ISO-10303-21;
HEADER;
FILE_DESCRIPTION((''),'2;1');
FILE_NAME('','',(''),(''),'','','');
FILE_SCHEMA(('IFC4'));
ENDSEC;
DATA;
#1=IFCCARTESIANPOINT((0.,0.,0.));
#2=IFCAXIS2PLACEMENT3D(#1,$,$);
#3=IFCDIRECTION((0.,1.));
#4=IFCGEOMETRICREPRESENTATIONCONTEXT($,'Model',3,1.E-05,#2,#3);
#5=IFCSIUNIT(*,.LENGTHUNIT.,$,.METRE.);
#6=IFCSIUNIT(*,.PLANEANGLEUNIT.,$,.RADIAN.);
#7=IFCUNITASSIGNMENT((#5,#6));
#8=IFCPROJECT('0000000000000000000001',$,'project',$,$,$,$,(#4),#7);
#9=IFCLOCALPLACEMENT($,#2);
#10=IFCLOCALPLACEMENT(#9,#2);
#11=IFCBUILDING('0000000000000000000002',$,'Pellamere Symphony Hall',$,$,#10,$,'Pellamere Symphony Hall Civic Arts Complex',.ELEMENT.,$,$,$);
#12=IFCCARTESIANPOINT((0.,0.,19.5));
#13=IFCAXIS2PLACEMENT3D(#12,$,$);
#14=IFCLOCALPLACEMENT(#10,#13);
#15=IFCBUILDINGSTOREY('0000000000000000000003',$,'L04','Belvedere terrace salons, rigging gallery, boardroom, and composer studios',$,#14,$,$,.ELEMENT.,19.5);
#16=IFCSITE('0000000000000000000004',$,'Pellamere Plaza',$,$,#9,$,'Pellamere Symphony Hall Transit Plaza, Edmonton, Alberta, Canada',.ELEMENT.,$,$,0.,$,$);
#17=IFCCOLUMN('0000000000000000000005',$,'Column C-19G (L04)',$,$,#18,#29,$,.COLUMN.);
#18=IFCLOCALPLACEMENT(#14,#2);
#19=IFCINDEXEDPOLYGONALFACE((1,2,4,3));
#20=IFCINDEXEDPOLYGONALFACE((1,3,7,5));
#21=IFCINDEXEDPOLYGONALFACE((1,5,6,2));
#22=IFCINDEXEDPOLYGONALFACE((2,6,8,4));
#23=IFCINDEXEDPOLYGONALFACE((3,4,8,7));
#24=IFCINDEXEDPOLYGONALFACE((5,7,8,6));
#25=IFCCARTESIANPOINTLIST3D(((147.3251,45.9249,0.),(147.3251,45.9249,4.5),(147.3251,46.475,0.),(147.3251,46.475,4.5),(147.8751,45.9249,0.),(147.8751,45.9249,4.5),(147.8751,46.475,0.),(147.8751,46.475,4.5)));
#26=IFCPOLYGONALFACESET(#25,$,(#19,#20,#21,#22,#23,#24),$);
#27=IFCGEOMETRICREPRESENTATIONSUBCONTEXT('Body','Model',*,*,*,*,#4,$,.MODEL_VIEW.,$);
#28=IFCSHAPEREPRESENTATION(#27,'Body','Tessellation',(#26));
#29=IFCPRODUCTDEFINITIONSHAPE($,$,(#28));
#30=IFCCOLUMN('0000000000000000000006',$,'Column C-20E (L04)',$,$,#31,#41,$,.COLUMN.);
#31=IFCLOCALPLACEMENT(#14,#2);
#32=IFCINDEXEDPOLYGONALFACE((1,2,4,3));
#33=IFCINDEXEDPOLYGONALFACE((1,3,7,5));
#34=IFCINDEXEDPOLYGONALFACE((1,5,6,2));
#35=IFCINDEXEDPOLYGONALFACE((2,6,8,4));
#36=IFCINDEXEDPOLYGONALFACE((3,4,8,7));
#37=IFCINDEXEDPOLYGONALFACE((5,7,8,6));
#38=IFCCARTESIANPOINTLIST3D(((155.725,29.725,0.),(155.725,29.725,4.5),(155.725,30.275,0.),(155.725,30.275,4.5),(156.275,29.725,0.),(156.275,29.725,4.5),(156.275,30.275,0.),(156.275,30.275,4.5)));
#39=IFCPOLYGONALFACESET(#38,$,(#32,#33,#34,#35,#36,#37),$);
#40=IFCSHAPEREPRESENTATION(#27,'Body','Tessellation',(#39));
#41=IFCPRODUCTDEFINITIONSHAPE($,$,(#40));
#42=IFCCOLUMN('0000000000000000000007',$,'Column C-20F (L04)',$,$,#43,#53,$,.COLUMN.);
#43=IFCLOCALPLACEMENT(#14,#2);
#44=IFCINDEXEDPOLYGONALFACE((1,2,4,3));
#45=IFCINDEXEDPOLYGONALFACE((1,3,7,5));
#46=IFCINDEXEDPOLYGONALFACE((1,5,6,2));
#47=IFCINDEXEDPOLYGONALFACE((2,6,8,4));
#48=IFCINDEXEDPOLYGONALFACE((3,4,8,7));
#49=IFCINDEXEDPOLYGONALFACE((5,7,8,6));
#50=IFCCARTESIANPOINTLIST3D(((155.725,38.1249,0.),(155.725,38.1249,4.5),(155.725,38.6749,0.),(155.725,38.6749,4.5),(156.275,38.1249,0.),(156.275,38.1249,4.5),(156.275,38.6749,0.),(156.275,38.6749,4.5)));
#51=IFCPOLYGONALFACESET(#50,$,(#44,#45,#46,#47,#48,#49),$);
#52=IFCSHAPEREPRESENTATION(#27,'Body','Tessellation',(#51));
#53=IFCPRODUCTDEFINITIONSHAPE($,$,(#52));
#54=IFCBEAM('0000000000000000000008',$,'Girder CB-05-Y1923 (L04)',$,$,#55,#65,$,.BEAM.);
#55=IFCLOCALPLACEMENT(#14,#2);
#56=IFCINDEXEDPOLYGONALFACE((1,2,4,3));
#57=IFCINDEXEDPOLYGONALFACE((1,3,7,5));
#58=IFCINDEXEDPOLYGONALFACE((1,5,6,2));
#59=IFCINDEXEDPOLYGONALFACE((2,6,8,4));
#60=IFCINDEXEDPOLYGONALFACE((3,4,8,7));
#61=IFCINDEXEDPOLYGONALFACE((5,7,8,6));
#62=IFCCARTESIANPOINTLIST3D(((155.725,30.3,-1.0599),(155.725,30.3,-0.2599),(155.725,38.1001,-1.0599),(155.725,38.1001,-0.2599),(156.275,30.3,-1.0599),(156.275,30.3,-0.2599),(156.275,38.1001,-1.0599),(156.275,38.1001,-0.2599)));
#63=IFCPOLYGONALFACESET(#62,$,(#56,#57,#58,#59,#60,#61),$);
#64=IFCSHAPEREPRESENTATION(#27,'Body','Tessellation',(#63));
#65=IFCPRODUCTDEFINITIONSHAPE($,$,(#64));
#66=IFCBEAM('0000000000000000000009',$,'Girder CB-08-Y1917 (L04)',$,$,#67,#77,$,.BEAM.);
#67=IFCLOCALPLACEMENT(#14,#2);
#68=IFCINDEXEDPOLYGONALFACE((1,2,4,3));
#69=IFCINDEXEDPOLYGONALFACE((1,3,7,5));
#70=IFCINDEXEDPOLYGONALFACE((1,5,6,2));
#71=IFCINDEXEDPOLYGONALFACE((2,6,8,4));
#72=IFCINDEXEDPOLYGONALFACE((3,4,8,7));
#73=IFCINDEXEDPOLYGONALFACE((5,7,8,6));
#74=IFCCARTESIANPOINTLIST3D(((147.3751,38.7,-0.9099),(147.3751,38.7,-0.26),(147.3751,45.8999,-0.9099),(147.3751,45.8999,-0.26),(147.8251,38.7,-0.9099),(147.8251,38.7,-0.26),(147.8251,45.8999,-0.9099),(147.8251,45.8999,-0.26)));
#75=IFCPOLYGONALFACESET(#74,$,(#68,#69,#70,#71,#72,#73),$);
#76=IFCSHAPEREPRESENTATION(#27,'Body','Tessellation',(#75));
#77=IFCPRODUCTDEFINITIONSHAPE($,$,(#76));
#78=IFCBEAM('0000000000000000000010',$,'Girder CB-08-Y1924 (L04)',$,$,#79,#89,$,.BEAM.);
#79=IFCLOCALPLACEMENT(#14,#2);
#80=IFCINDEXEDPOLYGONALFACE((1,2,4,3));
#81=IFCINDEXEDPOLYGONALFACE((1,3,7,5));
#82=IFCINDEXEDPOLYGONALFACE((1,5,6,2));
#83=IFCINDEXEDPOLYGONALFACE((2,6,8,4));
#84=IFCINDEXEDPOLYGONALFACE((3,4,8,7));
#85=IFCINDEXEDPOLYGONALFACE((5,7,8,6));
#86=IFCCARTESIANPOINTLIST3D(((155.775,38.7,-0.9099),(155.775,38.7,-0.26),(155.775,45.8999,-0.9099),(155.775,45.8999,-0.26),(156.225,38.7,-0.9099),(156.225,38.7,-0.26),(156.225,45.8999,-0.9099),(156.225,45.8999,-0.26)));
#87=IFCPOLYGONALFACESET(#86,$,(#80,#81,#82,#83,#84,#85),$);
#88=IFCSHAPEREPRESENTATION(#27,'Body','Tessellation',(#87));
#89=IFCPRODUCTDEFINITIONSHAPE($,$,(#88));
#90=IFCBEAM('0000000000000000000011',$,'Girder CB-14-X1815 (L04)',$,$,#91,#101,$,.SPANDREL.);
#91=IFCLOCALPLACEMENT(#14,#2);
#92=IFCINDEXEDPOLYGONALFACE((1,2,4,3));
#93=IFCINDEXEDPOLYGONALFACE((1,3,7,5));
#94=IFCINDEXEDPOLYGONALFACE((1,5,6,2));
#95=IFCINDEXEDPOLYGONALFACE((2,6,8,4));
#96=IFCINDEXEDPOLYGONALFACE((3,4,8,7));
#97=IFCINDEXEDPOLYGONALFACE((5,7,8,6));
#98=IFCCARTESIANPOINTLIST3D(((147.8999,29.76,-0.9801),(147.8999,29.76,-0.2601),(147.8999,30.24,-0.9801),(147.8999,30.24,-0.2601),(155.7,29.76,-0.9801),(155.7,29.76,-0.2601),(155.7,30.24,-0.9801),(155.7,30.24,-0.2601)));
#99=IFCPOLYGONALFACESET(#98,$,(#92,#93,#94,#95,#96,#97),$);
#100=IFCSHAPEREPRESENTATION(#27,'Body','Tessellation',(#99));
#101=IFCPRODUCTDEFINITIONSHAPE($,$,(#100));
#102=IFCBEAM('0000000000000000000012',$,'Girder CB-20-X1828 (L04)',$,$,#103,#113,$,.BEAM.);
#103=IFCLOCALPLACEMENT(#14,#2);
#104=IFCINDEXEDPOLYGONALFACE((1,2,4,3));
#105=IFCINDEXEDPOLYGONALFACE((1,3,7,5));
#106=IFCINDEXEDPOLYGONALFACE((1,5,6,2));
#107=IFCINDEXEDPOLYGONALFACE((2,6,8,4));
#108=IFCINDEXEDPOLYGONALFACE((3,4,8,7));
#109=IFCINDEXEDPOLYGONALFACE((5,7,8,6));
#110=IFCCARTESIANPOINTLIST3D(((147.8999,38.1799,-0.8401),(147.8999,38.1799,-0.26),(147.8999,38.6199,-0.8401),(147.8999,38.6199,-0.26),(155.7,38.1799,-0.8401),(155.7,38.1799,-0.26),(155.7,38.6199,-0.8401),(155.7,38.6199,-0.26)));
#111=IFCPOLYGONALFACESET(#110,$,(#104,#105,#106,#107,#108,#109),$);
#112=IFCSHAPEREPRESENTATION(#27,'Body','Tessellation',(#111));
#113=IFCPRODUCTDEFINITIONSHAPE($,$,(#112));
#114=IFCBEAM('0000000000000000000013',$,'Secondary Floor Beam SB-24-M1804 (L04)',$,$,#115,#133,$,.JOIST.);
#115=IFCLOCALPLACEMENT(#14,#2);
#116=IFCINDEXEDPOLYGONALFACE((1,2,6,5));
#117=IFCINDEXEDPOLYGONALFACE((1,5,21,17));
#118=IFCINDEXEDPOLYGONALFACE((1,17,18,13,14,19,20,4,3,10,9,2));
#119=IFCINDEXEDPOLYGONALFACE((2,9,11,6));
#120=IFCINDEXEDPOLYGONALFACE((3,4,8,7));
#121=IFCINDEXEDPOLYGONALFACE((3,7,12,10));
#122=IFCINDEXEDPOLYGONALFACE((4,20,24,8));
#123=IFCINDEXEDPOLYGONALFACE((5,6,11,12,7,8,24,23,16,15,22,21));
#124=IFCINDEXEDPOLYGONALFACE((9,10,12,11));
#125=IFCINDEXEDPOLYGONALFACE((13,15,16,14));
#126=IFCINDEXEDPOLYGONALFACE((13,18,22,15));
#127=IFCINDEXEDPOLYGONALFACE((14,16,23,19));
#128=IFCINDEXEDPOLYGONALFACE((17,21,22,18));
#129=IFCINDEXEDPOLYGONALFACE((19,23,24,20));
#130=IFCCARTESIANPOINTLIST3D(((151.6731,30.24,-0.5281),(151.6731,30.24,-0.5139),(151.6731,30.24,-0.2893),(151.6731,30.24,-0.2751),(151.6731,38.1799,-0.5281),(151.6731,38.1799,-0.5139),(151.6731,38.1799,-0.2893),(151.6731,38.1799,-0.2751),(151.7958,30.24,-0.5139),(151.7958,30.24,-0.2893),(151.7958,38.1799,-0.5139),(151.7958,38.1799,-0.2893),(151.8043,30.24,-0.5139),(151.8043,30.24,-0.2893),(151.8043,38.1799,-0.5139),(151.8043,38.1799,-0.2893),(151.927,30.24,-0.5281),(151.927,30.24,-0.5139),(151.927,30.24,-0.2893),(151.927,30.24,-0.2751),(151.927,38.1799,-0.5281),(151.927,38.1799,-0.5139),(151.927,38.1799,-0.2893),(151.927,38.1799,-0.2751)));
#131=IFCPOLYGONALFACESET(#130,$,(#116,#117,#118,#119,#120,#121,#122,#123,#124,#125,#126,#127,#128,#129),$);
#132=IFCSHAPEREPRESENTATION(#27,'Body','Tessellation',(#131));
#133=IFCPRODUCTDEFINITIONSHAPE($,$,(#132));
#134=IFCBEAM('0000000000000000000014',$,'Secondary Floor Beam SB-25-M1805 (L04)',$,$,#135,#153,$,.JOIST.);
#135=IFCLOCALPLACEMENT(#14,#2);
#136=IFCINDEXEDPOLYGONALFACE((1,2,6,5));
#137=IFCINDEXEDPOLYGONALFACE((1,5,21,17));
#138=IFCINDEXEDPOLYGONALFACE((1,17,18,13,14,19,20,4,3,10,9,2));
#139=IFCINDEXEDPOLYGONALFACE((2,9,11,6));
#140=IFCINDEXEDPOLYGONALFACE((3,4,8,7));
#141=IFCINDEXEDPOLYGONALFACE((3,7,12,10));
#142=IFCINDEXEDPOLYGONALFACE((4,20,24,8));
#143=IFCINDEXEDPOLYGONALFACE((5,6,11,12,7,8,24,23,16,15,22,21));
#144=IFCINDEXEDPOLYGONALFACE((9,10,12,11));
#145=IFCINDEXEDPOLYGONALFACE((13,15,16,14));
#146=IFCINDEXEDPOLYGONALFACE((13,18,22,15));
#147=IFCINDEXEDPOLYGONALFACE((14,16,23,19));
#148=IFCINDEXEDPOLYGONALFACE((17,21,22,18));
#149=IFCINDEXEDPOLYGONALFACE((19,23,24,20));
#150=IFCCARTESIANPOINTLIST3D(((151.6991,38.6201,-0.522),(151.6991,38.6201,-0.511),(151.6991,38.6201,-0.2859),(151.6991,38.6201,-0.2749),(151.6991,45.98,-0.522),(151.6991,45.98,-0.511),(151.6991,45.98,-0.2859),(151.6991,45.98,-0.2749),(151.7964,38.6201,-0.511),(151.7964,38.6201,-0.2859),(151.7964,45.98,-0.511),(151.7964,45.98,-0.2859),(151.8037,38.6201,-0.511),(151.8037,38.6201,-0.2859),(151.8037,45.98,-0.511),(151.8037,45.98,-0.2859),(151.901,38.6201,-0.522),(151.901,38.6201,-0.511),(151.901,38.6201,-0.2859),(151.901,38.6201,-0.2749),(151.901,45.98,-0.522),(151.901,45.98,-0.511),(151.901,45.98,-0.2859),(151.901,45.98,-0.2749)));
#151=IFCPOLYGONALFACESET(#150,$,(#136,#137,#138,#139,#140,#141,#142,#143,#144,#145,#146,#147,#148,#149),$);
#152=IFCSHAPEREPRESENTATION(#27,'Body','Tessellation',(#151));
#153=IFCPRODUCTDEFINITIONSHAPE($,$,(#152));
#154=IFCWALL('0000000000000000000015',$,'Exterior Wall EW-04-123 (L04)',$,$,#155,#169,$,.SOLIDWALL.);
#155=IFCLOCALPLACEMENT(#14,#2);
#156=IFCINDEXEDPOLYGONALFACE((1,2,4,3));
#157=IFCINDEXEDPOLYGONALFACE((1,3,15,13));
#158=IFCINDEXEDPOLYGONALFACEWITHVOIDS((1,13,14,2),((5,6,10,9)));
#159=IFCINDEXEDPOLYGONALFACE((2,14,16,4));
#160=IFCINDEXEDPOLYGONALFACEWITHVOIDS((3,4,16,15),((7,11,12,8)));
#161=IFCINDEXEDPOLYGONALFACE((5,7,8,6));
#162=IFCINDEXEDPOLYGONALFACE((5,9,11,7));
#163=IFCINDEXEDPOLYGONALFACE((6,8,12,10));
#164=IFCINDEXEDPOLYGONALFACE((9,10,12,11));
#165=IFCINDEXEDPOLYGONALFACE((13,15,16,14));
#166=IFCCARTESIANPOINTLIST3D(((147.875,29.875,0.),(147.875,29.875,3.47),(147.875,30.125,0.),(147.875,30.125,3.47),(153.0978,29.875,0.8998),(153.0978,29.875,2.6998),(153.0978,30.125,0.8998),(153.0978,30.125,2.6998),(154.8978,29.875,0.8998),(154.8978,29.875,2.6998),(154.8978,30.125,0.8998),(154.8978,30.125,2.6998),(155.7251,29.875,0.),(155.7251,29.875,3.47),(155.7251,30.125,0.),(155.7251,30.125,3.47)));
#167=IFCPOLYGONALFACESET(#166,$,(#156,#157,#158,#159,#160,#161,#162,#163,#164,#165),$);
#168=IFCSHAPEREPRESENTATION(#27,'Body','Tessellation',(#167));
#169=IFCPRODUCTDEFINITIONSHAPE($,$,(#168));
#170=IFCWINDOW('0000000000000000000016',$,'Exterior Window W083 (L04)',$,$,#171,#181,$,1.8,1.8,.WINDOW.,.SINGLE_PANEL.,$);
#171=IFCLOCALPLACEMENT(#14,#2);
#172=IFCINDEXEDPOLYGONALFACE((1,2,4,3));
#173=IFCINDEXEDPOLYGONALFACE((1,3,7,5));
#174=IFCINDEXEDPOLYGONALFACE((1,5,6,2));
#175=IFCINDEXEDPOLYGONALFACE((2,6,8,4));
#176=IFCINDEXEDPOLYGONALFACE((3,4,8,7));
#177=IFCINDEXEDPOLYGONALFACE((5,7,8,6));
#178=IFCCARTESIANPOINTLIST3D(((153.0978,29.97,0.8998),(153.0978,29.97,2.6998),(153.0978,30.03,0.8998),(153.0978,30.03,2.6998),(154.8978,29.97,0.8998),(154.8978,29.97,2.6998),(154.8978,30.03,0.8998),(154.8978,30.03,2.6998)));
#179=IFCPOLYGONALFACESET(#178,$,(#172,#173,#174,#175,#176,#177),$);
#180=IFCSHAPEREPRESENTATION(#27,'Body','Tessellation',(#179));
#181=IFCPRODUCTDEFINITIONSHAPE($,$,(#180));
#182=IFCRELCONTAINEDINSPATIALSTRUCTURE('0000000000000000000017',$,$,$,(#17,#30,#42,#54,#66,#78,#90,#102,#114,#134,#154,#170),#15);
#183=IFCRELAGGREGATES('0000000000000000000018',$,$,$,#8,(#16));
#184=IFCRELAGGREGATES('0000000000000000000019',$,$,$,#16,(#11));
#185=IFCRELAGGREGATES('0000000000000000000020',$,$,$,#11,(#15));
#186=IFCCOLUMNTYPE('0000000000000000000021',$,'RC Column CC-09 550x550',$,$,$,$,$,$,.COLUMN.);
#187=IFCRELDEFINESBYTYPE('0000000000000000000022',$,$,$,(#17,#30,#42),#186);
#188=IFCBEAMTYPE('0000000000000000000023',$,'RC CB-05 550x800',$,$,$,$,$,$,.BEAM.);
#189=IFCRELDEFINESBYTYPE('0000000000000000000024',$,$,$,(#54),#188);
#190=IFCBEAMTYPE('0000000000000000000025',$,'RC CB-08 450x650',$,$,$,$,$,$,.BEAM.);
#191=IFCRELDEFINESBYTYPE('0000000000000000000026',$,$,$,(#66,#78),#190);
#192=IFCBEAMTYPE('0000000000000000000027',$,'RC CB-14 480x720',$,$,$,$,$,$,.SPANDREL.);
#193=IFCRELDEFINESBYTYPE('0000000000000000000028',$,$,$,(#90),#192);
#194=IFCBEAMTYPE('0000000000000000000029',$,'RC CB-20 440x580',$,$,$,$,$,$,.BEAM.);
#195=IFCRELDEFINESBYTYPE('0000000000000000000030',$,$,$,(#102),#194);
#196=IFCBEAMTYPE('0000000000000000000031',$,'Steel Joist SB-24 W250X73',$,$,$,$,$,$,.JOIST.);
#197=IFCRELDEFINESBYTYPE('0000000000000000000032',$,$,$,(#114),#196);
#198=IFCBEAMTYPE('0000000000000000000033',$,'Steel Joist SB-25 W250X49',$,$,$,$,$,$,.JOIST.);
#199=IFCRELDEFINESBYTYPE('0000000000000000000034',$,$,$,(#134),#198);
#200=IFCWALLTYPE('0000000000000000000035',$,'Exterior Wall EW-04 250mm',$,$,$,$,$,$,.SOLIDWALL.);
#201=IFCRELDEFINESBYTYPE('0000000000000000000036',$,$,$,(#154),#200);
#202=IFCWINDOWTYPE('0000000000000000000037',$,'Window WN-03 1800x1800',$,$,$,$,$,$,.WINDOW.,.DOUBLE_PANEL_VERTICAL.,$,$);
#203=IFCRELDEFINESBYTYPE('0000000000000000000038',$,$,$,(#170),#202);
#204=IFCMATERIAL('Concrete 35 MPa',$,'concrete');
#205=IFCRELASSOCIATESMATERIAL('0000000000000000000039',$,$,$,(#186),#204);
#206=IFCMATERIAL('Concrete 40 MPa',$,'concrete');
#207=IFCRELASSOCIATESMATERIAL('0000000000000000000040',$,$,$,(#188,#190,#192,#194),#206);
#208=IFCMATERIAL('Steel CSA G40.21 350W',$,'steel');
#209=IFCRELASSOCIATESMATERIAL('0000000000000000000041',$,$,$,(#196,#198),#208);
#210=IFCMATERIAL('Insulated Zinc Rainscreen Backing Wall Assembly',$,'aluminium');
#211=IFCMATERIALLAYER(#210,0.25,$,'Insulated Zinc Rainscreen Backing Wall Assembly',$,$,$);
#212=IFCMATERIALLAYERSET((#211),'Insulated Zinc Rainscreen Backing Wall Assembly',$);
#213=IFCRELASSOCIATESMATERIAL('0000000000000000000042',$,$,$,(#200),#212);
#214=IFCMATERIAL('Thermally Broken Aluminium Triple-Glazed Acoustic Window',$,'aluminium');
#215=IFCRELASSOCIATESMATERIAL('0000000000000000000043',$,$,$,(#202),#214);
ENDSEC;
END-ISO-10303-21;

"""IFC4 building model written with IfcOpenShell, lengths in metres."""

from ifc_helpers import new_model, si_unit, direction, frame, frame_2d, origin, origin_2d, place, context, subcontext, project, spatial, rectangle, i_section, extrude, material, layer, layer_set, material_profile, profile_set, type_object, element, fill, save


model = new_model("IFC4")

# Units and contexts
model_context = context("Model", 3, precision=1e-05, world=origin(), true_north=direction((0.0, 1.0)))
body_context = subcontext(model_context, "Body", "Model", "MODEL_VIEW")
ifc_project = project(units=[si_unit("LENGTHUNIT", "METRE"), si_unit("PLANEANGLEUNIT", "RADIAN")], contexts=[model_context])

# Site, building, storey
site_placement = place(None, origin())
site = spatial("IfcSite", under=ifc_project, at=site_placement, Name="Pellamere Plaza", LongName="Pellamere Symphony Hall Transit Plaza, Edmonton, Alberta, Canada", CompositionType="ELEMENT", RefElevation=0.0)
building_placement = place(site_placement, origin())
building = spatial("IfcBuilding", under=site, at=building_placement, Name="Pellamere Symphony Hall", LongName="Pellamere Symphony Hall Civic Arts Complex", CompositionType="ELEMENT")
storey_placement = place(building_placement, frame((0.0, 0.0, 19.5)))
storey = spatial("IfcBuildingStorey", under=building, at=storey_placement, Name="L04", Description="Belvedere terrace salons, rigging gallery, boardroom, and composer studios", CompositionType="ELEMENT", Elevation=19.5)

# Columns
ifc_material_1 = material(Name="Concrete 35 MPa", Category="concrete")
ifc_material_profile_1 = material_profile(ifc_material_1, rectangle(XDim=0.55, YDim=0.55, at=origin_2d()), Name="RC 550x550")
ifc_profile_set_1 = profile_set([ifc_material_profile_1], Name="Concrete 35 MPa")
column_type = type_object("IfcColumnType", Name="RC Column CC-09 550x550", PredefinedType="COLUMN", material=ifc_profile_set_1)
for number, where, z_axis, x_axis, name in (
    (1, (147.6001, 46.2, 0.0), (0.0, 0.0, 1.0), (1.0, 0.0, 0.0), "Column C-19G (L04)"),
    (2, (156.0, 30.0, 0.0), (0.0, 0.0, 1.0), (1.0, 0.0, 0.0), "Column C-20E (L04)"),
    (3, (156.0, 38.3999, 0.0), (0.0, 0.0, 1.0), (1.0, 0.0, 0.0), "Column C-20F (L04)"),
):
    element("IfcColumn", number, at=place(storey_placement, frame(where, z_axis=z_axis, x_axis=x_axis)), inside=storey, type_object=column_type, Name=name, PredefinedType="COLUMN", context=body_context, shape_type="SweptSolid", body=[
        extrude(rectangle(XDim=0.55, YDim=0.55, at=origin_2d()), origin(), (0.0, 0.0, 1.0), 4.5),
    ])

# Beams
ifc_material_2 = material(Name="Concrete 40 MPa", Category="concrete")
ifc_material_profile_2 = material_profile(ifc_material_2, rectangle(XDim=0.55, YDim=0.8, at=origin_2d()), Name="RC 550x800")
ifc_profile_set_2 = profile_set([ifc_material_profile_2], Name="Concrete 40 MPa")
beam_type_1 = type_object("IfcBeamType", Name="RC CB-05 550x800", PredefinedType="BEAM", material=ifc_profile_set_2)
beam_1_placement = place(storey_placement, frame((156.0, 30.3, -0.6599), z_axis=(0.0, 1.0, 0.0), x_axis=(-1.0, 0.0, 0.0)))
element("IfcBeam", 4, at=beam_1_placement, inside=storey, type_object=beam_type_1, Name="Girder CB-05-Y1923 (L04)", PredefinedType="BEAM", context=body_context, shape_type="SweptSolid", body=[
    extrude(rectangle(XDim=0.55, YDim=0.8, at=origin_2d()), origin(), (0.0, 0.0, 1.0), 7.8),
])
ifc_material_profile_3 = material_profile(ifc_material_2, rectangle(XDim=0.45, YDim=0.6499, at=origin_2d()), Name="RC 450x650")
ifc_profile_set_3 = profile_set([ifc_material_profile_3], Name="Concrete 40 MPa")
beam_type_2 = type_object("IfcBeamType", Name="RC CB-08 450x650", PredefinedType="BEAM", material=ifc_profile_set_3)
for number, where, z_axis, x_axis, name in (
    (5, (147.6001, 38.7, -0.585), (0.0, 1.0, 0.0), (-1.0, 0.0, 0.0), "Girder CB-08-Y1917 (L04)"),
    (6, (156.0, 38.7, -0.585), (0.0, 1.0, 0.0), (-1.0, 0.0, 0.0), "Girder CB-08-Y1924 (L04)"),
):
    element("IfcBeam", number, at=place(storey_placement, frame(where, z_axis=z_axis, x_axis=x_axis)), inside=storey, type_object=beam_type_2, Name=name, PredefinedType="BEAM", context=body_context, shape_type="SweptSolid", body=[
        extrude(rectangle(XDim=0.45, YDim=0.6499, at=origin_2d()), origin(), (0.0, 0.0, 1.0), 7.2),
    ])
ifc_material_profile_4 = material_profile(ifc_material_2, rectangle(XDim=0.48, YDim=0.72, at=origin_2d()), Name="RC 480x720")
ifc_profile_set_4 = profile_set([ifc_material_profile_4], Name="Concrete 40 MPa")
beam_type_3 = type_object("IfcBeamType", Name="RC CB-14 480x720", PredefinedType="SPANDREL", material=ifc_profile_set_4)
beam_2_placement = place(storey_placement, frame((147.8999, 30.0, -0.6201), z_axis=(1.0, 0.0, 0.0), x_axis=(0.0, 1.0, 0.0)))
element("IfcBeam", 7, at=beam_2_placement, inside=storey, type_object=beam_type_3, Name="Girder CB-14-X1815 (L04)", PredefinedType="SPANDREL", context=body_context, shape_type="SweptSolid", body=[
    extrude(rectangle(XDim=0.48, YDim=0.72, at=origin_2d()), origin(), (0.0, 0.0, 1.0), 7.8),
])
ifc_material_profile_5 = material_profile(ifc_material_2, rectangle(XDim=0.4399, YDim=0.5801, at=origin_2d()), Name="RC 440x580")
ifc_profile_set_5 = profile_set([ifc_material_profile_5], Name="Concrete 40 MPa")
beam_type_4 = type_object("IfcBeamType", Name="RC CB-20 440x580", PredefinedType="BEAM", material=ifc_profile_set_5)
beam_3_placement = place(storey_placement, frame((147.8999, 38.3999, -0.55), z_axis=(1.0, 0.0, 0.0), x_axis=(0.0, 1.0, 0.0)))
element("IfcBeam", 8, at=beam_3_placement, inside=storey, type_object=beam_type_4, Name="Girder CB-20-X1828 (L04)", PredefinedType="BEAM", context=body_context, shape_type="SweptSolid", body=[
    extrude(rectangle(XDim=0.4399, YDim=0.5801, at=origin_2d()), origin(), (0.0, 0.0, 1.0), 7.8),
])
ifc_material_3 = material(Name="Steel CSA G40.21 350W", Category="steel")
ifc_material_profile_6 = material_profile(ifc_material_3, i_section(OverallWidth=0.2539, OverallDepth=0.2529, WebThickness=0.0085, FlangeThickness=0.0142, at=origin_2d()), Name="W250X73")
ifc_profile_set_6 = profile_set([ifc_material_profile_6], Name="Steel CSA G40.21 350W")
beam_type_5 = type_object("IfcBeamType", Name="Steel Joist SB-24 W250X73", PredefinedType="JOIST", material=ifc_profile_set_6)
beam_4_placement = place(storey_placement, frame((151.8, 30.24, -0.4016), z_axis=(0.0, 1.0, 0.0), x_axis=(-1.0, 0.0, 0.0)))
element("IfcBeam", 9, at=beam_4_placement, inside=storey, type_object=beam_type_5, Name="Secondary Floor Beam SB-24-M1804 (L04)", PredefinedType="JOIST", context=body_context, shape_type="SweptSolid", body=[
    extrude(i_section(OverallWidth=0.2539, OverallDepth=0.2529, WebThickness=0.0085, FlangeThickness=0.0142, at=origin_2d()), origin(), (0.0, 0.0, 1.0), 7.9399),
])
ifc_material_profile_7 = material_profile(ifc_material_3, i_section(OverallWidth=0.2019, OverallDepth=0.2471, WebThickness=0.0073, FlangeThickness=0.011, at=origin_2d()), Name="W250X49")
ifc_profile_set_7 = profile_set([ifc_material_profile_7], Name="Steel CSA G40.21 350W")
beam_type_6 = type_object("IfcBeamType", Name="Steel Joist SB-25 W250X49", PredefinedType="JOIST", material=ifc_profile_set_7)
beam_5_placement = place(storey_placement, frame((151.8, 38.6201, -0.3984), z_axis=(0.0, 1.0, 0.0), x_axis=(-1.0, 0.0, 0.0)))
element("IfcBeam", 10, at=beam_5_placement, inside=storey, type_object=beam_type_6, Name="Secondary Floor Beam SB-25-M1805 (L04)", PredefinedType="JOIST", context=body_context, shape_type="SweptSolid", body=[
    extrude(i_section(OverallWidth=0.2019, OverallDepth=0.2471, WebThickness=0.0073, FlangeThickness=0.011, at=origin_2d()), origin(), (0.0, 0.0, 1.0), 7.3599),
])

# Wall, opening, window
ifc_material_4 = material(Name="Insulated Zinc Rainscreen Backing Wall Assembly", Category="aluminium")
ifc_layer_1 = layer(ifc_material_4, 0.25, Name="Insulated Zinc Rainscreen Backing Wall Assembly")
ifc_layer_set_1 = layer_set([ifc_layer_1], Name="Insulated Zinc Rainscreen Backing Wall Assembly")
wall_type_1 = type_object("IfcWallType", Name="Exterior Wall EW-04 250mm", PredefinedType="SOLIDWALL", material=ifc_layer_set_1)
wall_1_placement = place(storey_placement, frame((147.875, 30.0, 0.0), z_axis=(0.0, 0.0, 1.0), x_axis=(1.0, 0.0, 0.0)))
wall_1 = element("IfcWall", 11, at=wall_1_placement, inside=storey, type_object=wall_type_1, Name="Exterior Wall EW-04-123 (L04)", PredefinedType="SOLIDWALL", context=body_context, shape_type="SweptSolid", body=[
    extrude(rectangle(XDim=7.8501, YDim=0.25, at=frame_2d((3.925, 0.0))), origin(), (0.0, 0.0, 1.0), 3.47),
])
opening_1_placement = place(wall_1_placement, frame((5.2229, 0.0, 0.8999)))
opening_1 = element("IfcOpeningElement", 12, at=opening_1_placement, cuts=wall_1, PredefinedType="OPENING", context=body_context, shape_type="SweptSolid", body=[
    extrude(rectangle(XDim=1.8, YDim=1.8, at=frame_2d((0.8999, 0.8999))), frame((0.0, 0.135, 0.0), z_axis=(0.0, -1.0, 0.0), x_axis=(1.0, 0.0, 0.0)), (0.0, 0.0, 1.0), 0.27),
])
ifc_material_5 = material(Name="Thermally Broken Aluminium Triple-Glazed Acoustic Window", Category="aluminium")
window_type = type_object("IfcWindowType", Name="Window WN-03 1800x1800", PartitioningType="DOUBLE_PANEL_VERTICAL", PredefinedType="WINDOW", material=ifc_material_5)
window_placement = place(opening_1_placement, origin())
window = element("IfcWindow", 13, at=window_placement, inside=storey, type_object=window_type, Name="Exterior Window W083 (L04)", OverallHeight=1.8, OverallWidth=1.8, PartitioningType="SINGLE_PANEL", PredefinedType="WINDOW", context=body_context, shape_type="SweptSolid", body=[
    extrude(rectangle(XDim=1.8, YDim=1.8, at=frame_2d((0.8999, 0.8999))), frame((0.0, 0.03, 0.0), z_axis=(0.0, -1.0, 0.0), x_axis=(1.0, 0.0, 0.0)), (0.0, 0.0, 1.0), 0.0601),
])
fill(opening_1, window)

save(model, "model.ifc")
